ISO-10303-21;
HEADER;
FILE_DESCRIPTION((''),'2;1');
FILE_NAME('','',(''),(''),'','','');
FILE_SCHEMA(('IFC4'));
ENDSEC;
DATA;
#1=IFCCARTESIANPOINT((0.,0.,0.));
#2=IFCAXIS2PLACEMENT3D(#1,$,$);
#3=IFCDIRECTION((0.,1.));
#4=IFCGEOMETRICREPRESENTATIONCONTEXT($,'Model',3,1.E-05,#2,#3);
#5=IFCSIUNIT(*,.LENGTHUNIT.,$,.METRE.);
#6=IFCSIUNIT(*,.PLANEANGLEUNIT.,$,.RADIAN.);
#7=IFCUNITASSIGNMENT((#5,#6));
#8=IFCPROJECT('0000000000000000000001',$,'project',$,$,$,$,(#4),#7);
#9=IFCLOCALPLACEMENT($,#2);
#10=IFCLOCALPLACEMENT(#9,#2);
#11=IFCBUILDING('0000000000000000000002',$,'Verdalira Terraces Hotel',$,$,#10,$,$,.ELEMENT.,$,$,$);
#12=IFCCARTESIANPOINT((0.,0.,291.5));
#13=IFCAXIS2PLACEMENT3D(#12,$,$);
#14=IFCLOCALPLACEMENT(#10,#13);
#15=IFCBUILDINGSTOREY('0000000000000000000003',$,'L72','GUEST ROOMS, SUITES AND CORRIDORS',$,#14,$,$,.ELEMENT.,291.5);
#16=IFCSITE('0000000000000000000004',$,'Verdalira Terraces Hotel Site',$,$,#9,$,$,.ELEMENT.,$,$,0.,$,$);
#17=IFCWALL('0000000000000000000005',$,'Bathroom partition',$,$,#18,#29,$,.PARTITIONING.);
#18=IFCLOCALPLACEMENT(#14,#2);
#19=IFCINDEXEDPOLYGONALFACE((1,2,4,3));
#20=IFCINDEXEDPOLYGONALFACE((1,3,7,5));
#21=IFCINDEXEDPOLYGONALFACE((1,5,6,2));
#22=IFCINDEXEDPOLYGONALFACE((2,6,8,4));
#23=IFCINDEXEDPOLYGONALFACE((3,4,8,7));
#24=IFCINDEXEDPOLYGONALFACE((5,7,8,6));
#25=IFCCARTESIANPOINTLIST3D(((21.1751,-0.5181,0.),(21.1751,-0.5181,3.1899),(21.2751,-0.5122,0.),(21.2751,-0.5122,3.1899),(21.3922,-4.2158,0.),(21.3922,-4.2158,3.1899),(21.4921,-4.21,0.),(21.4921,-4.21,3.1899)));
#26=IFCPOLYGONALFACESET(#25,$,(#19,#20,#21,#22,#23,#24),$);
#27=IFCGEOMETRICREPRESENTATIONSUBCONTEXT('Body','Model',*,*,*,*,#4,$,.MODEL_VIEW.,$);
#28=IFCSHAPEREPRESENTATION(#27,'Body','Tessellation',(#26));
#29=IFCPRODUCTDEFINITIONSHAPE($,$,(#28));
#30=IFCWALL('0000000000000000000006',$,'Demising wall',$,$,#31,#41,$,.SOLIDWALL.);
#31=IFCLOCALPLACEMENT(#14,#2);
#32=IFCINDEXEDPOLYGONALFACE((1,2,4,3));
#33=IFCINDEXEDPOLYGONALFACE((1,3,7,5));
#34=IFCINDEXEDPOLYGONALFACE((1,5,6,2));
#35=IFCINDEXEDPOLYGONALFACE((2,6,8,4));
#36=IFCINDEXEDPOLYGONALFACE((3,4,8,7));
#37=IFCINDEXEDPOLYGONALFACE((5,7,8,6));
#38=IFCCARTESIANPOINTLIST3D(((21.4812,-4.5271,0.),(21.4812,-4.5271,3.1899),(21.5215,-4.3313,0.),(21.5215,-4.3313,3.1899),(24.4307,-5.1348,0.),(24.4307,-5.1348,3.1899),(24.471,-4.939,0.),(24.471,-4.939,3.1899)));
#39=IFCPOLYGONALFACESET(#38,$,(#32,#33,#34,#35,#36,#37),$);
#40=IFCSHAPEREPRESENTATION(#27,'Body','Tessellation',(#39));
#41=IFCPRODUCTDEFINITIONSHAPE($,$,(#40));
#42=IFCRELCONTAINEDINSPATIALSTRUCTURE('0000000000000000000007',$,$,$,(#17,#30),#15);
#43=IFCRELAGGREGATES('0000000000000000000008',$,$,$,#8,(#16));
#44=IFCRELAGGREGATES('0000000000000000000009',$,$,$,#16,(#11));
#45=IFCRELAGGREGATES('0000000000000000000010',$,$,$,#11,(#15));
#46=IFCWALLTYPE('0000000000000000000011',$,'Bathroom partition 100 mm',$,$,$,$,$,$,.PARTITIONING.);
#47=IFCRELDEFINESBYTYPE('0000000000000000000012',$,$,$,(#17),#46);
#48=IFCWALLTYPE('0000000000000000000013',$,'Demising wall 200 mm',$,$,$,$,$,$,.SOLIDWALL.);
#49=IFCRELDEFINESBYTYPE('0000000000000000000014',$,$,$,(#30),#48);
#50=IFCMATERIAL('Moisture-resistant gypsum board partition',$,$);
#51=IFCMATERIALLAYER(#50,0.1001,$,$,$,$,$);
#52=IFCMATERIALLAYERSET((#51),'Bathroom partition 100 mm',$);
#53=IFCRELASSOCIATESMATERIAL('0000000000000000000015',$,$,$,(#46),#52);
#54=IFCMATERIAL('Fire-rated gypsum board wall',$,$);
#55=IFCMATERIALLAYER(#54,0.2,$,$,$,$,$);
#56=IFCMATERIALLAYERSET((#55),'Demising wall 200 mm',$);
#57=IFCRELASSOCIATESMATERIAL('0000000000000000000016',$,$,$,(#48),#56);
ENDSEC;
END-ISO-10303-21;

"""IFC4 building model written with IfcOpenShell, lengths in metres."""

from ifc_helpers import new_model, si_unit, direction, frame, frame_2d, origin, place, context, subcontext, project, spatial, rectangle, extrude, material, layer, layer_set, type_object, element, save


model = new_model("IFC4")

# Units and contexts
model_context = context("Model", 3, precision=1e-05, world=origin(), true_north=direction((0.0, 1.0)))
body_context = subcontext(model_context, "Body", "Model", "MODEL_VIEW")
ifc_project = project(units=[si_unit("LENGTHUNIT", "METRE"), si_unit("PLANEANGLEUNIT", "RADIAN")], contexts=[model_context])

# Site, building, storey
site_placement = place(None, origin())
site = spatial("IfcSite", under=ifc_project, at=site_placement, Name="Verdalira Terraces Hotel Site", CompositionType="ELEMENT", RefElevation=0.0)
building_placement = place(site_placement, origin())
building = spatial("IfcBuilding", under=site, at=building_placement, Name="Verdalira Terraces Hotel", CompositionType="ELEMENT")
storey_placement = place(building_placement, frame((0.0, 0.0, 291.5)))
storey = spatial("IfcBuildingStorey", under=building, at=storey_placement, Name="L72", Description="GUEST ROOMS, SUITES AND CORRIDORS", CompositionType="ELEMENT", Elevation=291.5)

# Shared definitions
ifc_material_1 = material(Name="Moisture-resistant gypsum board partition")
ifc_layer_1 = layer(ifc_material_1, 0.1001)
ifc_layer_set_1 = layer_set([ifc_layer_1], Name="Bathroom partition 100 mm")
wall_type_1 = type_object("IfcWallType", Name="Bathroom partition 100 mm", PredefinedType="PARTITIONING", material=ifc_layer_set_1)

# Walls
wall_1_placement = place(storey_placement, frame((21.4421, -4.2129, 0.0), z_axis=(0.0, 0.0, 1.0), x_axis=(-0.058595, 0.998282, 0.0)))
element("IfcWall", 1, at=wall_1_placement, inside=storey, type_object=wall_type_1, Name="Bathroom partition", PredefinedType="PARTITIONING", context=body_context, shape_type="SweptSolid", body=[
    extrude(rectangle(XDim=3.7041, YDim=0.1001, at=frame_2d((1.8521, 0.0))), origin(), (0.0, 0.0, 1.0), 3.1899),
])
ifc_material_2 = material(Name="Fire-rated gypsum board wall")
ifc_layer_2 = layer(ifc_material_2, 0.2)
ifc_layer_set_2 = layer_set([ifc_layer_2], Name="Demising wall 200 mm")
wall_type_2 = type_object("IfcWallType", Name="Demising wall 200 mm", PredefinedType="SOLIDWALL", material=ifc_layer_set_2)
wall_2_placement = place(storey_placement, frame((21.5012, -4.4292, 0.0), z_axis=(0.0, 0.0, 1.0), x_axis=(0.979429, -0.201788, 0.0)))
element("IfcWall", 2, at=wall_2_placement, inside=storey, type_object=wall_type_2, Name="Demising wall", PredefinedType="SOLIDWALL", context=body_context, shape_type="SweptSolid", body=[
    extrude(rectangle(XDim=3.0115, YDim=0.2, at=frame_2d((1.5059, 0.0))), origin(), (0.0, 0.0, 1.0), 3.1899),
])

save(model, "model.ifc")
